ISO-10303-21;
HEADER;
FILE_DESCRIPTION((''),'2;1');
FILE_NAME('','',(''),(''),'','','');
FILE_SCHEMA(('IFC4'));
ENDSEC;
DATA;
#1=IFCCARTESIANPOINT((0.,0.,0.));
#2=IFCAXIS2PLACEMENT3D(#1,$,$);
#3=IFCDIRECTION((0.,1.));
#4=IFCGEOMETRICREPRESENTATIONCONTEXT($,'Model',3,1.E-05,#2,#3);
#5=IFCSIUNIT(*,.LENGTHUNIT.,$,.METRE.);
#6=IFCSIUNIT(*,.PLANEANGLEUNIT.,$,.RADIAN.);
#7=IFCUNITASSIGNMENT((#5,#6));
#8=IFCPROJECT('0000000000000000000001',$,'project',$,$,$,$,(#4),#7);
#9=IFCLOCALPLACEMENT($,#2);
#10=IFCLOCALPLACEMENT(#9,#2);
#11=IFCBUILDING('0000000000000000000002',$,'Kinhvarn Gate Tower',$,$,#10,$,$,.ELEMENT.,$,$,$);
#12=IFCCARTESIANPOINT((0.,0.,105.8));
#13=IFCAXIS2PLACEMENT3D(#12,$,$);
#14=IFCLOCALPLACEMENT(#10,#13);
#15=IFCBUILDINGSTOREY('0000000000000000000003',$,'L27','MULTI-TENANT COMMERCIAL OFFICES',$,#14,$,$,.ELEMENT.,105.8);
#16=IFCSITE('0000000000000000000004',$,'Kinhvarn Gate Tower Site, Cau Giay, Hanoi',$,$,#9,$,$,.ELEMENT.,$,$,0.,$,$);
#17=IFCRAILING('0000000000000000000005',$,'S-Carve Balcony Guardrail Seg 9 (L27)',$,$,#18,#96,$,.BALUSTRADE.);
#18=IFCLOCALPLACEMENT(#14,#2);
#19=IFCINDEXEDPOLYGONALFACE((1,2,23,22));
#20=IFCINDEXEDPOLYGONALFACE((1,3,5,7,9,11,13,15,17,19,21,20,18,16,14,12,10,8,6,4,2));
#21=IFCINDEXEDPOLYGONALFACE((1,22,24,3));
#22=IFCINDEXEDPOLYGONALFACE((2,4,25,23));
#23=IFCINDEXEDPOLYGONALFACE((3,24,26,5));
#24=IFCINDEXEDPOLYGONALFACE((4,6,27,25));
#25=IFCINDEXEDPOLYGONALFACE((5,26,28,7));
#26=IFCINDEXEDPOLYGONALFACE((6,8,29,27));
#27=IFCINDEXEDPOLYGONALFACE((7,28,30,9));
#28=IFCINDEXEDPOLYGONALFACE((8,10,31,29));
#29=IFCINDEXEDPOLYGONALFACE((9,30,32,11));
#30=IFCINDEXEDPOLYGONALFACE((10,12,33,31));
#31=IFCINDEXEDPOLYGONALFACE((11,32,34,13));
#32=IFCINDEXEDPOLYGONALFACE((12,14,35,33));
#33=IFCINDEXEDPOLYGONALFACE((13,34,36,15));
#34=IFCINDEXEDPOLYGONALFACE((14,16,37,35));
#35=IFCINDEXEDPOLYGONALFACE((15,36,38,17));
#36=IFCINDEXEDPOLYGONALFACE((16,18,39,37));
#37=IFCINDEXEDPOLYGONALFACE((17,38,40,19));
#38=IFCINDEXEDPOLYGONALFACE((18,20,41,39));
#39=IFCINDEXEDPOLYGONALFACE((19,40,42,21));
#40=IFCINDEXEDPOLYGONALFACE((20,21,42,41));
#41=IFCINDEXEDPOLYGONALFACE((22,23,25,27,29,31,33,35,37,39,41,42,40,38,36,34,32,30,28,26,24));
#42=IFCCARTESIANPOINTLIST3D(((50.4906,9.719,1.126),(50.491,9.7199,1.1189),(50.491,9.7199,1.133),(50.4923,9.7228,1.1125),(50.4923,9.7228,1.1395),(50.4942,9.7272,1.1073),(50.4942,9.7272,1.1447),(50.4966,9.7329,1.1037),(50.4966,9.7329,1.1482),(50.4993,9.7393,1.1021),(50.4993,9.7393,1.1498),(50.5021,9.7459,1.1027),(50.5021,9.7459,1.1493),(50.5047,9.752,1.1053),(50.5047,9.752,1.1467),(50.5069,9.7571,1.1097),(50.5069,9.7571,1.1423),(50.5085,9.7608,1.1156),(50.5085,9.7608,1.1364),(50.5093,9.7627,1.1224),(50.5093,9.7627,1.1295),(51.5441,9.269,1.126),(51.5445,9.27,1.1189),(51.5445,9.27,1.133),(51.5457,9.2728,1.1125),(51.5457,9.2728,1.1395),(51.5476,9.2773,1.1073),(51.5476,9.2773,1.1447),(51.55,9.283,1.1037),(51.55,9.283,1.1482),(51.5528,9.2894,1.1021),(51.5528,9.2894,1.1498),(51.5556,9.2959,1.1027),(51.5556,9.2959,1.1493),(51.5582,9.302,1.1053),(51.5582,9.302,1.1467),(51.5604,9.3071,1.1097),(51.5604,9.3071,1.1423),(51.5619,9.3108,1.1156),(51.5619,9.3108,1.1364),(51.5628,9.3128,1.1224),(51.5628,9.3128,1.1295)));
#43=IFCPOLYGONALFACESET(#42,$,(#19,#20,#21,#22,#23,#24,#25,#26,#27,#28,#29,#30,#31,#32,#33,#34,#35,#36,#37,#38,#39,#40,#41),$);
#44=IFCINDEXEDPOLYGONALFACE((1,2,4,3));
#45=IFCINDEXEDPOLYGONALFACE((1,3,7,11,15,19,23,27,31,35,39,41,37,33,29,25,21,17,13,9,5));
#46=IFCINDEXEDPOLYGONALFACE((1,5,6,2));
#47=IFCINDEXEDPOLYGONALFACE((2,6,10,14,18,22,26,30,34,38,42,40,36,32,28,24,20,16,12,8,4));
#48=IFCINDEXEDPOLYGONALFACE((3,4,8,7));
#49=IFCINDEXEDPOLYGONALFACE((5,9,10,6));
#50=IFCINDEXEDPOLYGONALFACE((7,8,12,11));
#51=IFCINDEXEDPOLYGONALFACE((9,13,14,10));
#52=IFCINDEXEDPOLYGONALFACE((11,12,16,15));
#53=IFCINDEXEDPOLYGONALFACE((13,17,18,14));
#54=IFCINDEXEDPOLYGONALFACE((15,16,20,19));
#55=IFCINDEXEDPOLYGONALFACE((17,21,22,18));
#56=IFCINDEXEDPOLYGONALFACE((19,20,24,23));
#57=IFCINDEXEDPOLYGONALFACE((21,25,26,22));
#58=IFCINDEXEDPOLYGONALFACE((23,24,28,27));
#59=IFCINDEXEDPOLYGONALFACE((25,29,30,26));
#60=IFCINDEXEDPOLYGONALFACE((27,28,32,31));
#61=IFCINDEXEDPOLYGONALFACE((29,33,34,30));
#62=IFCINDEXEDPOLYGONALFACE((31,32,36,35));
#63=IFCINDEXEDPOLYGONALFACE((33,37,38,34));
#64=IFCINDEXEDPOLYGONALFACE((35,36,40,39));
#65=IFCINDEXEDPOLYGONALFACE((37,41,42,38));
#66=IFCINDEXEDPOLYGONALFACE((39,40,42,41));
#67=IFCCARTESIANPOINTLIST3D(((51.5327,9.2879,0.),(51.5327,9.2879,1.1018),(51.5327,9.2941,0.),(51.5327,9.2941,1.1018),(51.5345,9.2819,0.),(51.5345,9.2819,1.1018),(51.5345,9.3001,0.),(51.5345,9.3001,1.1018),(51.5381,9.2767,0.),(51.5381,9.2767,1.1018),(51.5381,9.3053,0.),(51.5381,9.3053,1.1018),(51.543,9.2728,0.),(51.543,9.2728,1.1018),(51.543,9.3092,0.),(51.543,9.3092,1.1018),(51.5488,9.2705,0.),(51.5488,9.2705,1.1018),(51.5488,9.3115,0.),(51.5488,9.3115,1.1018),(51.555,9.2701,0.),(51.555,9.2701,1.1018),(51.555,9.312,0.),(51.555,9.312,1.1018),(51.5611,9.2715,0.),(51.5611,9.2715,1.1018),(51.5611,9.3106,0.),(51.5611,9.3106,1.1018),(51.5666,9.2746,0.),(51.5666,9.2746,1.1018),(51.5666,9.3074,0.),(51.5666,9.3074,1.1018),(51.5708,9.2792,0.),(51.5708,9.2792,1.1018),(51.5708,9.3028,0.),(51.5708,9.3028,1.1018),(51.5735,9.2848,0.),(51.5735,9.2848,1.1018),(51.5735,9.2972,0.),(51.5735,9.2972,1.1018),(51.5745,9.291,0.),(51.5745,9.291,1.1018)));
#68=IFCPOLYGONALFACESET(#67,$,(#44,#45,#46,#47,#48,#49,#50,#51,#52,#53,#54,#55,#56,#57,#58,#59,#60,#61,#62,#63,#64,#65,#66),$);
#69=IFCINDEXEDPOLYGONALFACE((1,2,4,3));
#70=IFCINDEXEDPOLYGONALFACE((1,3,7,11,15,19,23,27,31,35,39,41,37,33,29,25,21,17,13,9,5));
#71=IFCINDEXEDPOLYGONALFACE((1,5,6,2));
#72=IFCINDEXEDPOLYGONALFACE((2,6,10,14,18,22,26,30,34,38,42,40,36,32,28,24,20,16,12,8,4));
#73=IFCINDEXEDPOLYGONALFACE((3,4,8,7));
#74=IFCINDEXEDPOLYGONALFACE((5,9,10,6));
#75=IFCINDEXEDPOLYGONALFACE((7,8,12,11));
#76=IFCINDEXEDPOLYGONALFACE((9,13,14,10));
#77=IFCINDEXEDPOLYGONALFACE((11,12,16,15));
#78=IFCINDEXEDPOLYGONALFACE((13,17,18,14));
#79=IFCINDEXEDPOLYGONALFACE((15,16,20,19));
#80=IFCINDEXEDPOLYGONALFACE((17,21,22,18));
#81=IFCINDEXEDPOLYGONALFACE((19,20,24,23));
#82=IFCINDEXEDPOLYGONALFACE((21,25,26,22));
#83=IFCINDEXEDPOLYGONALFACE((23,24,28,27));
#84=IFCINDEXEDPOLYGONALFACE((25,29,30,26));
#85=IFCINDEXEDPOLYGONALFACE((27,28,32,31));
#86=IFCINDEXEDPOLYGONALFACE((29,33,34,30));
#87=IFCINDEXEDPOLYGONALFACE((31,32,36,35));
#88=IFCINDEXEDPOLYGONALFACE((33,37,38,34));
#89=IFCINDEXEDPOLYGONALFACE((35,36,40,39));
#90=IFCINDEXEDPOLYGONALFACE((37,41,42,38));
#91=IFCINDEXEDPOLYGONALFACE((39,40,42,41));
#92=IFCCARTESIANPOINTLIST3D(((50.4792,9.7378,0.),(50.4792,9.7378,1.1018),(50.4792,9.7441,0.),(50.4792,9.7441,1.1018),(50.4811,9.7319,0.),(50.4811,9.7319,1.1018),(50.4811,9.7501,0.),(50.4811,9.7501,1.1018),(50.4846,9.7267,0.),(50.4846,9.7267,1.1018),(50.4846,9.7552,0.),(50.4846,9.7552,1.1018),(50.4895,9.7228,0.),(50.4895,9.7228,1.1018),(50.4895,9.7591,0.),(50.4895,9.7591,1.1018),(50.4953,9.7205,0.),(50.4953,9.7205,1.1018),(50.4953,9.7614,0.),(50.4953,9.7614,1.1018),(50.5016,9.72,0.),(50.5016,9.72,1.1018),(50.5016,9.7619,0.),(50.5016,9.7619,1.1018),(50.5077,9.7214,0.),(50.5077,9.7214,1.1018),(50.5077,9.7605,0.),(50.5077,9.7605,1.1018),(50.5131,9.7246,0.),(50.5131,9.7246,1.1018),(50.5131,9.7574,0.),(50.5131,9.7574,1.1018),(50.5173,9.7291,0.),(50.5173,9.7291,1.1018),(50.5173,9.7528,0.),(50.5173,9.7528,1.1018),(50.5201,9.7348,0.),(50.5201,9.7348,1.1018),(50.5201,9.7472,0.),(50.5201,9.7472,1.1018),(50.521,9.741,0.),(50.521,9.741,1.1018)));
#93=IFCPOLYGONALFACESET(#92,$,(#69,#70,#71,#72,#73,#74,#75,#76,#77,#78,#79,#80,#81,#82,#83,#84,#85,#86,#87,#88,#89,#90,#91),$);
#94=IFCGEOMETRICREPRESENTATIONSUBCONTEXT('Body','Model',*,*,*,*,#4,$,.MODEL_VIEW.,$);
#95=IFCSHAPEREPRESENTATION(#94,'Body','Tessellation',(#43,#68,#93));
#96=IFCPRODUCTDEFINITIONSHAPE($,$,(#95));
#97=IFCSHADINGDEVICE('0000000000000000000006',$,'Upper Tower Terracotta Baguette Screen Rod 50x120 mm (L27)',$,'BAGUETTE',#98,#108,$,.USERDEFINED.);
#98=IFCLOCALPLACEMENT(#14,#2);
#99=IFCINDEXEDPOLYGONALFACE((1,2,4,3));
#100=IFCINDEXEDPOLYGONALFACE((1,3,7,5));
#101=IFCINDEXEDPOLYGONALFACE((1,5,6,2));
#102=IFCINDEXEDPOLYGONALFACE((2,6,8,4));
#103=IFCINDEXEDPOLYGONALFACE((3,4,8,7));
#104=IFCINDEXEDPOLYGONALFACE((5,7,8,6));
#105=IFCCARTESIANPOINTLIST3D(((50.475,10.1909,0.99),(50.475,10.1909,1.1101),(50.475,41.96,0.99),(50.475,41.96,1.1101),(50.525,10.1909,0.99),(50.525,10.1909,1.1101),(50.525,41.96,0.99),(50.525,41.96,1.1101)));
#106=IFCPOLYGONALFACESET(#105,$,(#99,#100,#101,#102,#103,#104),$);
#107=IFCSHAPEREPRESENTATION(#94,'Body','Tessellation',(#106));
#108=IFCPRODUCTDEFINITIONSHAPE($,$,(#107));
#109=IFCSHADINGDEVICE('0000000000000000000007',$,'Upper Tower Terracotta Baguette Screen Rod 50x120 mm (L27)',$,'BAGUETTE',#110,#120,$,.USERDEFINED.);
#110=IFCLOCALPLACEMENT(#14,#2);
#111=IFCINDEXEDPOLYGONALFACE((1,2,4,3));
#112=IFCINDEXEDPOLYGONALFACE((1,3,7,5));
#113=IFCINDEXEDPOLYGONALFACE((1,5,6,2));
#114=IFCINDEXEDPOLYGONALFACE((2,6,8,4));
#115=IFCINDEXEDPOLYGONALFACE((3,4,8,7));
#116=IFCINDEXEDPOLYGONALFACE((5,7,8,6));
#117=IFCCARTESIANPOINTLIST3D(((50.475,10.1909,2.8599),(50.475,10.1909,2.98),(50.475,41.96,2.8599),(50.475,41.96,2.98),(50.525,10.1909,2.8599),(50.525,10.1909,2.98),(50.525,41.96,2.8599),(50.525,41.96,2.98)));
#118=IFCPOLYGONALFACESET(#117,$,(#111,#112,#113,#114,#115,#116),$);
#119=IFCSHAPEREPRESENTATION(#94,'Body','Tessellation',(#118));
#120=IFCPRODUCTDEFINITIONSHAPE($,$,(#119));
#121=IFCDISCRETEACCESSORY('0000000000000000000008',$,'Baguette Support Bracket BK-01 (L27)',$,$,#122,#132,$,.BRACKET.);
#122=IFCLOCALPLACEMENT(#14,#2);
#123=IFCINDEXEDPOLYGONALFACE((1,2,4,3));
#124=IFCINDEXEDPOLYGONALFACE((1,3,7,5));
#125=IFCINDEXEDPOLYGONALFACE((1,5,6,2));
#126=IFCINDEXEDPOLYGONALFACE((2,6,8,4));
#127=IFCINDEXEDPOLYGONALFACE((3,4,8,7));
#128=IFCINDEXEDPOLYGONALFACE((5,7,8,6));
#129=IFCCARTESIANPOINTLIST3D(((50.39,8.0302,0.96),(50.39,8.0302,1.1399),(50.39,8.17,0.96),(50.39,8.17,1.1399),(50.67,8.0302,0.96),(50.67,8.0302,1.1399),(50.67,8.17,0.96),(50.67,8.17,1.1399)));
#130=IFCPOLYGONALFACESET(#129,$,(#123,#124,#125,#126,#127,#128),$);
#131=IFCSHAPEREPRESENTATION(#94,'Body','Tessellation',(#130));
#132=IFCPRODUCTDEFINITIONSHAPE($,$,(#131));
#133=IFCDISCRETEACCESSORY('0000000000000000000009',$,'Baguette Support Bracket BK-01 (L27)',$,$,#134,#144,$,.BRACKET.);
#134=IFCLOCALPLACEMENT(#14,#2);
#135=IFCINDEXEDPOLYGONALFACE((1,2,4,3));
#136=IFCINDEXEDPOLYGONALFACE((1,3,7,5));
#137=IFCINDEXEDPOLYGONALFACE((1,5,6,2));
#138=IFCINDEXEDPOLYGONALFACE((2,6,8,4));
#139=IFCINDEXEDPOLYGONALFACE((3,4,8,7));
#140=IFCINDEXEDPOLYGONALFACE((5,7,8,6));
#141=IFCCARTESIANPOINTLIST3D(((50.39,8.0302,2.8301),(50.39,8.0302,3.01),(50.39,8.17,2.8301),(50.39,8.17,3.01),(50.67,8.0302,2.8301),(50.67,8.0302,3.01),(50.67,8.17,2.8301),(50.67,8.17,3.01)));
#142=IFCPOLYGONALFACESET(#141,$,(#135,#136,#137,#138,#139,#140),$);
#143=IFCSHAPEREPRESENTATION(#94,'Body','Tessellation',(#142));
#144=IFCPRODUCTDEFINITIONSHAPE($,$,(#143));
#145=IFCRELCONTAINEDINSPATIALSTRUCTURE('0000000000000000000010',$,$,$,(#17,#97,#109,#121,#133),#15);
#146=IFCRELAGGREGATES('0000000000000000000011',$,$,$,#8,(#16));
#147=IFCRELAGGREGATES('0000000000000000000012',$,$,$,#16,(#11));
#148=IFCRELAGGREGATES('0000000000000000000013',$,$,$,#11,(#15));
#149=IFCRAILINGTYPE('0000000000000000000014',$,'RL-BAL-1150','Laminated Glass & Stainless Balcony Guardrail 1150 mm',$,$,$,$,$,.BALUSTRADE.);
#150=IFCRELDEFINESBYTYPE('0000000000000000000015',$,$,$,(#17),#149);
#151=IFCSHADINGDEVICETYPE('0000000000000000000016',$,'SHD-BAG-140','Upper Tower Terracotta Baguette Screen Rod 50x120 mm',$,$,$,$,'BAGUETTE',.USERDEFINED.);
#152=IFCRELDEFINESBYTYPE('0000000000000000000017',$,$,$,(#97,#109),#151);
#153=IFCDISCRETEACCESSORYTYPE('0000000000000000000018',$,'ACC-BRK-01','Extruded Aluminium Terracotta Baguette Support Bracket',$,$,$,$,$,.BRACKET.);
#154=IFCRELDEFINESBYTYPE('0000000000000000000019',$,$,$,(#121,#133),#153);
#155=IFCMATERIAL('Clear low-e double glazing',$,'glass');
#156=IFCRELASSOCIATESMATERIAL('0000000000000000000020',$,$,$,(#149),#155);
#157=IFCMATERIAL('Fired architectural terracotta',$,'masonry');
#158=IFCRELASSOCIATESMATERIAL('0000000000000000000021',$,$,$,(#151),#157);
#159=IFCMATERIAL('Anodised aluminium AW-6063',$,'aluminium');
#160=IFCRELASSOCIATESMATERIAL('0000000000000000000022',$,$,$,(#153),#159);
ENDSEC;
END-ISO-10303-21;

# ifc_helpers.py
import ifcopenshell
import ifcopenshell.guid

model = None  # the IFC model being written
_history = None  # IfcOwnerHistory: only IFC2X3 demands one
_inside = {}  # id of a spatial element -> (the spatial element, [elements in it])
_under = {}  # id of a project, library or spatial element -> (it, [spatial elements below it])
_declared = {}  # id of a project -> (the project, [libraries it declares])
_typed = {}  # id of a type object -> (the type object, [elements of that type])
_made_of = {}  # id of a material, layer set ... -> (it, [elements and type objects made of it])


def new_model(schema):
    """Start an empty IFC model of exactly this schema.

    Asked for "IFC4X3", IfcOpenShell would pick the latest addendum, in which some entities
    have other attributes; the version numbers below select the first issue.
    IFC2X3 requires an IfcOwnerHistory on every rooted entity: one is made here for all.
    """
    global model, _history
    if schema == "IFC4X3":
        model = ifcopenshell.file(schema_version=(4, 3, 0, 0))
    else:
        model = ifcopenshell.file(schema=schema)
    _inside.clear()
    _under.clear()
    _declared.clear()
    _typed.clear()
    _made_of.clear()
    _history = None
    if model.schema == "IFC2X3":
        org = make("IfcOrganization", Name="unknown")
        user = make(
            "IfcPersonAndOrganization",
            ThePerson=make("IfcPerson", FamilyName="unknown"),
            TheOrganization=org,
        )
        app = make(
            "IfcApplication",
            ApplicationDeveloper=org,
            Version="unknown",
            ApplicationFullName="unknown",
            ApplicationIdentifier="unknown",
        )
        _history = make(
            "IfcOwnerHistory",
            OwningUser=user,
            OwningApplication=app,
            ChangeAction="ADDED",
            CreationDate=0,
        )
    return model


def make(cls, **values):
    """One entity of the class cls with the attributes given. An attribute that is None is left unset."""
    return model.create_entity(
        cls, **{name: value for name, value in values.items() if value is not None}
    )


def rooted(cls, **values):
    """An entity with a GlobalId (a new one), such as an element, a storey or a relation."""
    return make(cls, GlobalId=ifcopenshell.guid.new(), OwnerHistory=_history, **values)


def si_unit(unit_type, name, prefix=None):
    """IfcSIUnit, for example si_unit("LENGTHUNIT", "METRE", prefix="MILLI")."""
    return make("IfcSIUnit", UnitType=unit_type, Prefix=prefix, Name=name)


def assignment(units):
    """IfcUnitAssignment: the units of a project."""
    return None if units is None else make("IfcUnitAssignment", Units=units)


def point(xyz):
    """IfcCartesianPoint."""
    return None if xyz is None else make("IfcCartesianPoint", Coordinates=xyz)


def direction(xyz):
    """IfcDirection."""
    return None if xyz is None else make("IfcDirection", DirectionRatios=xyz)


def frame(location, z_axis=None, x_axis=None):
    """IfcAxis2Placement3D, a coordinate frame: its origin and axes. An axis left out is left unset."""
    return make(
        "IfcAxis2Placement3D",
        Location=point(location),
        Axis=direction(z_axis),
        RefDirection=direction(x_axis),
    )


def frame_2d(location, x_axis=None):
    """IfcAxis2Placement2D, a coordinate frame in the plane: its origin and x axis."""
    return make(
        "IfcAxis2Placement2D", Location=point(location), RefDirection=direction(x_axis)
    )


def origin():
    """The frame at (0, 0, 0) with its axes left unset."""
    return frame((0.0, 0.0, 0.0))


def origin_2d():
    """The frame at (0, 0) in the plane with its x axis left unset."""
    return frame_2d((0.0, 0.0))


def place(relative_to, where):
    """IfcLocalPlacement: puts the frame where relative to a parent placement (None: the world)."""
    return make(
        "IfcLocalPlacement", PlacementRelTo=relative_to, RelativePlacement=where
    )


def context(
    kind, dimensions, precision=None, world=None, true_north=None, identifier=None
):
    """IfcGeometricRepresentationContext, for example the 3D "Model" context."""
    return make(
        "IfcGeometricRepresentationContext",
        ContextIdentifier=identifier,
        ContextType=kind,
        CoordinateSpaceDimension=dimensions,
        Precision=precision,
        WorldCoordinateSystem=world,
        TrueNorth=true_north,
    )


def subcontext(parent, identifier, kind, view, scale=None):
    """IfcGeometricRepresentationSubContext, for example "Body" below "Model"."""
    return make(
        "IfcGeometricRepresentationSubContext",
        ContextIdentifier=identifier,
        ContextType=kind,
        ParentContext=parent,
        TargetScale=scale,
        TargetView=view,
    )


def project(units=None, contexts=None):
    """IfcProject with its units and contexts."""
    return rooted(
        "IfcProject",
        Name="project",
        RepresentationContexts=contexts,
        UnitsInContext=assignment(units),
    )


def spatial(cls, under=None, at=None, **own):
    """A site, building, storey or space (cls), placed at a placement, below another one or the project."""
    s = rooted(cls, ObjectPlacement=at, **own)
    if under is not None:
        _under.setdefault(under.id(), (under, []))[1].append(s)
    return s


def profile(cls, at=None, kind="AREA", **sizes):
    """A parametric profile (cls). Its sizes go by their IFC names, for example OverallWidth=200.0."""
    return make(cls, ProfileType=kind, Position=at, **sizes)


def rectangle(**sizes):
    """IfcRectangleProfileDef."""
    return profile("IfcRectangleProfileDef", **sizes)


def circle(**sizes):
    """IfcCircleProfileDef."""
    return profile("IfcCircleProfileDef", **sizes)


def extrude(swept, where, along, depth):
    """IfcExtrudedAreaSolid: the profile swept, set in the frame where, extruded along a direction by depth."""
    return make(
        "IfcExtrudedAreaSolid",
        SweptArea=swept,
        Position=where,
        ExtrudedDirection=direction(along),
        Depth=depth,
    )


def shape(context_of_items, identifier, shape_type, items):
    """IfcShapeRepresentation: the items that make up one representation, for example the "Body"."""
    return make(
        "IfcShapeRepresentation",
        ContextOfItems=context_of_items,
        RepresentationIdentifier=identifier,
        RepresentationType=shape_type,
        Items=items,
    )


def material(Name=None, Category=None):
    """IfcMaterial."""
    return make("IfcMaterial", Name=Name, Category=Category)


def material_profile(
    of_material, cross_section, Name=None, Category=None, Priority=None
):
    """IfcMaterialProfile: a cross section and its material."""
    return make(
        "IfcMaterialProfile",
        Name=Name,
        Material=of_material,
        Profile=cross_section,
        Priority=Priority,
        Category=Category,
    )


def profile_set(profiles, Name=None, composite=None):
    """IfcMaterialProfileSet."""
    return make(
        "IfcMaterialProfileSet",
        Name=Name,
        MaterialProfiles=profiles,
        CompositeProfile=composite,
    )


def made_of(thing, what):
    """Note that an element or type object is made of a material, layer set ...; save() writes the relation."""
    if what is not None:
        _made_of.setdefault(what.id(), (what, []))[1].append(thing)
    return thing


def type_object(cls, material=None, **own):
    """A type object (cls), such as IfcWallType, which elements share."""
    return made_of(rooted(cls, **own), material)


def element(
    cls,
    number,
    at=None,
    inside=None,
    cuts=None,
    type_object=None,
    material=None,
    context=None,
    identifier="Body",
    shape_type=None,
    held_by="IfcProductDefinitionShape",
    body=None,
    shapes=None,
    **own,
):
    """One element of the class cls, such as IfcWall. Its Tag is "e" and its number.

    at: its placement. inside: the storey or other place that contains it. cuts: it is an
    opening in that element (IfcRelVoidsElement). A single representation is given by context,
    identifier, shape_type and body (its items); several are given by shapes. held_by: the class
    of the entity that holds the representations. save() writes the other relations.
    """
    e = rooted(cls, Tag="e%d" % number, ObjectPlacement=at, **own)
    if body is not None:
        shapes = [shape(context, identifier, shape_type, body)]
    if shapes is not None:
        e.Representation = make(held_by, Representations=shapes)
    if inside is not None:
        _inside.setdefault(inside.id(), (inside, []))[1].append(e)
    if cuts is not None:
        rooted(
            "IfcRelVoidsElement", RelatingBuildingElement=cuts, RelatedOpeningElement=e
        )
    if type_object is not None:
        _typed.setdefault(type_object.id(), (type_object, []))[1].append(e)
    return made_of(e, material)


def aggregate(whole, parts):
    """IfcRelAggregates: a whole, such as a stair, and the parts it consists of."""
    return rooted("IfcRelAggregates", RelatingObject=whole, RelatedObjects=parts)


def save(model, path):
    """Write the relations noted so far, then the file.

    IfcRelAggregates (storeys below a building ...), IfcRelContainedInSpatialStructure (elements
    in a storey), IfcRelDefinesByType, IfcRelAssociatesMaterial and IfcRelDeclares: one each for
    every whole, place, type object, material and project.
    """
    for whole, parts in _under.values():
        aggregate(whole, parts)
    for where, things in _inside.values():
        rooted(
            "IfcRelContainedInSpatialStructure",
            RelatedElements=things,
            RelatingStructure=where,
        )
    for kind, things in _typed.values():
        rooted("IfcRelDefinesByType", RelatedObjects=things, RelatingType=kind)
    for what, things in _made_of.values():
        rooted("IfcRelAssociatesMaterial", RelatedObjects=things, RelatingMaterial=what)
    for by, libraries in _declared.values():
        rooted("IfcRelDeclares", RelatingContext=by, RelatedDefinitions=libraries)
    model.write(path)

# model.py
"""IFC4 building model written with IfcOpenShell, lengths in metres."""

from ifc_helpers import new_model, si_unit, direction, frame, origin, origin_2d, place, context, subcontext, project, spatial, rectangle, circle, extrude, material, material_profile, profile_set, type_object, element, save


model = new_model("IFC4")

# Units and contexts
model_context = context("Model", 3, precision=1e-05, world=origin(), true_north=direction((0.0, 1.0)))
body_context = subcontext(model_context, "Body", "Model", "MODEL_VIEW")
ifc_project = project(units=[si_unit("LENGTHUNIT", "METRE"), si_unit("PLANEANGLEUNIT", "RADIAN")], contexts=[model_context])

# Site, building, storey
site_placement = place(None, origin())
site = spatial("IfcSite", under=ifc_project, at=site_placement, Name="Kinhvarn Gate Tower Site, Cau Giay, Hanoi", CompositionType="ELEMENT", RefElevation=0.0)
building_placement = place(site_placement, origin())
building = spatial("IfcBuilding", under=site, at=building_placement, Name="Kinhvarn Gate Tower", CompositionType="ELEMENT")
storey_placement = place(building_placement, frame((0.0, 0.0, 105.8)))
storey = spatial("IfcBuildingStorey", under=building, at=storey_placement, Name="L27", Description="MULTI-TENANT COMMERCIAL OFFICES", CompositionType="ELEMENT", Elevation=105.8)

# Shared definitions
ifc_material_1 = material(Name="Anodised aluminium AW-6063", Category="aluminium")

# Shared definitions
ifc_material_2 = material(Name="Clear low-e double glazing", Category="glass")

# Shared definitions
ifc_material_3 = material(Name="Fired architectural terracotta", Category="masonry")

# Railing
railing_type = type_object("IfcRailingType", Name="RL-BAL-1150", Description="Laminated Glass & Stainless Balcony Guardrail 1150 mm", PredefinedType="BALUSTRADE", material=ifc_material_2)
railing_placement = place(storey_placement, frame((51.5535, 9.291, 0.0)))
element("IfcRailing", 1, at=railing_placement, inside=storey, type_object=railing_type, Name="S-Carve Balcony Guardrail Seg 9 (L27)", PredefinedType="BALUSTRADE", context=body_context, shape_type="SweptSolid", body=[
    extrude(circle(Radius=0.0239, at=origin_2d()), frame((0.0, 0.0, 1.126), z_axis=(-0.919629, 0.392787, 0.0), x_axis=(-0.392787, -0.919629, 0.0)), (0.0, 0.0, 1.0), 1.1455),
    extrude(circle(Radius=0.021, at=origin_2d()), origin(), (0.0, 0.0, 1.0), 1.1018),
    extrude(circle(Radius=0.021, at=origin_2d()), frame((-1.0535, 0.45, 0.0)), (0.0, 0.0, 1.0), 1.1018),
])

# Shading devices
ifc_material_profile_1 = material_profile(ifc_material_3, rectangle(XDim=0.05, YDim=0.1201, at=origin_2d()), Name="TC 50x120")
ifc_profile_set_1 = profile_set([ifc_material_profile_1], Name="Fired architectural terracotta")
shading_device_type = type_object("IfcShadingDeviceType", Name="SHD-BAG-140", Description="Upper Tower Terracotta Baguette Screen Rod 50x120 mm", ElementType="BAGUETTE", PredefinedType="USERDEFINED", material=ifc_profile_set_1)
for number, where, z_axis, x_axis, name in (
    (2, (50.5, 10.1909, 1.05), (0.0, 1.0, 0.0), (-1.0, 0.0, 0.0), "Upper Tower Terracotta Baguette Screen Rod 50x120 mm (L27)"),
    (3, (50.5, 10.1909, 2.9199), (0.0, 1.0, 0.0), (-1.0, 0.0, 0.0), "Upper Tower Terracotta Baguette Screen Rod 50x120 mm (L27)"),
):
    element("IfcShadingDevice", number, at=place(storey_placement, frame(where, z_axis=z_axis, x_axis=x_axis)), inside=storey, type_object=shading_device_type, Name=name, ObjectType="BAGUETTE", PredefinedType="USERDEFINED", context=body_context, shape_type="SweptSolid", body=[
        extrude(rectangle(XDim=0.05, YDim=0.1201, at=origin_2d()), origin(), (0.0, 0.0, 1.0), 31.769),
    ])

# Discrete accessories
discrete_accessory_type = type_object("IfcDiscreteAccessoryType", Name="ACC-BRK-01", Description="Extruded Aluminium Terracotta Baguette Support Bracket", PredefinedType="BRACKET", material=ifc_material_1)
for number, where, z_axis, x_axis, name in (
    (4, (50.53, 8.1001, 0.96), (0.0, 0.0, 1.0), (0.0, 1.0, 0.0), "Baguette Support Bracket BK-01 (L27)"),
    (5, (50.53, 8.1001, 2.8301), (0.0, 0.0, 1.0), (0.0, 1.0, 0.0), "Baguette Support Bracket BK-01 (L27)"),
):
    element("IfcDiscreteAccessory", number, at=place(storey_placement, frame(where, z_axis=z_axis, x_axis=x_axis)), inside=storey, type_object=discrete_accessory_type, Name=name, PredefinedType="BRACKET", context=body_context, shape_type="SweptSolid", body=[
        extrude(rectangle(XDim=0.1399, YDim=0.28, at=origin_2d()), origin(), (0.0, 0.0, 1.0), 0.1799),
    ])

save(model, "model.ifc")
